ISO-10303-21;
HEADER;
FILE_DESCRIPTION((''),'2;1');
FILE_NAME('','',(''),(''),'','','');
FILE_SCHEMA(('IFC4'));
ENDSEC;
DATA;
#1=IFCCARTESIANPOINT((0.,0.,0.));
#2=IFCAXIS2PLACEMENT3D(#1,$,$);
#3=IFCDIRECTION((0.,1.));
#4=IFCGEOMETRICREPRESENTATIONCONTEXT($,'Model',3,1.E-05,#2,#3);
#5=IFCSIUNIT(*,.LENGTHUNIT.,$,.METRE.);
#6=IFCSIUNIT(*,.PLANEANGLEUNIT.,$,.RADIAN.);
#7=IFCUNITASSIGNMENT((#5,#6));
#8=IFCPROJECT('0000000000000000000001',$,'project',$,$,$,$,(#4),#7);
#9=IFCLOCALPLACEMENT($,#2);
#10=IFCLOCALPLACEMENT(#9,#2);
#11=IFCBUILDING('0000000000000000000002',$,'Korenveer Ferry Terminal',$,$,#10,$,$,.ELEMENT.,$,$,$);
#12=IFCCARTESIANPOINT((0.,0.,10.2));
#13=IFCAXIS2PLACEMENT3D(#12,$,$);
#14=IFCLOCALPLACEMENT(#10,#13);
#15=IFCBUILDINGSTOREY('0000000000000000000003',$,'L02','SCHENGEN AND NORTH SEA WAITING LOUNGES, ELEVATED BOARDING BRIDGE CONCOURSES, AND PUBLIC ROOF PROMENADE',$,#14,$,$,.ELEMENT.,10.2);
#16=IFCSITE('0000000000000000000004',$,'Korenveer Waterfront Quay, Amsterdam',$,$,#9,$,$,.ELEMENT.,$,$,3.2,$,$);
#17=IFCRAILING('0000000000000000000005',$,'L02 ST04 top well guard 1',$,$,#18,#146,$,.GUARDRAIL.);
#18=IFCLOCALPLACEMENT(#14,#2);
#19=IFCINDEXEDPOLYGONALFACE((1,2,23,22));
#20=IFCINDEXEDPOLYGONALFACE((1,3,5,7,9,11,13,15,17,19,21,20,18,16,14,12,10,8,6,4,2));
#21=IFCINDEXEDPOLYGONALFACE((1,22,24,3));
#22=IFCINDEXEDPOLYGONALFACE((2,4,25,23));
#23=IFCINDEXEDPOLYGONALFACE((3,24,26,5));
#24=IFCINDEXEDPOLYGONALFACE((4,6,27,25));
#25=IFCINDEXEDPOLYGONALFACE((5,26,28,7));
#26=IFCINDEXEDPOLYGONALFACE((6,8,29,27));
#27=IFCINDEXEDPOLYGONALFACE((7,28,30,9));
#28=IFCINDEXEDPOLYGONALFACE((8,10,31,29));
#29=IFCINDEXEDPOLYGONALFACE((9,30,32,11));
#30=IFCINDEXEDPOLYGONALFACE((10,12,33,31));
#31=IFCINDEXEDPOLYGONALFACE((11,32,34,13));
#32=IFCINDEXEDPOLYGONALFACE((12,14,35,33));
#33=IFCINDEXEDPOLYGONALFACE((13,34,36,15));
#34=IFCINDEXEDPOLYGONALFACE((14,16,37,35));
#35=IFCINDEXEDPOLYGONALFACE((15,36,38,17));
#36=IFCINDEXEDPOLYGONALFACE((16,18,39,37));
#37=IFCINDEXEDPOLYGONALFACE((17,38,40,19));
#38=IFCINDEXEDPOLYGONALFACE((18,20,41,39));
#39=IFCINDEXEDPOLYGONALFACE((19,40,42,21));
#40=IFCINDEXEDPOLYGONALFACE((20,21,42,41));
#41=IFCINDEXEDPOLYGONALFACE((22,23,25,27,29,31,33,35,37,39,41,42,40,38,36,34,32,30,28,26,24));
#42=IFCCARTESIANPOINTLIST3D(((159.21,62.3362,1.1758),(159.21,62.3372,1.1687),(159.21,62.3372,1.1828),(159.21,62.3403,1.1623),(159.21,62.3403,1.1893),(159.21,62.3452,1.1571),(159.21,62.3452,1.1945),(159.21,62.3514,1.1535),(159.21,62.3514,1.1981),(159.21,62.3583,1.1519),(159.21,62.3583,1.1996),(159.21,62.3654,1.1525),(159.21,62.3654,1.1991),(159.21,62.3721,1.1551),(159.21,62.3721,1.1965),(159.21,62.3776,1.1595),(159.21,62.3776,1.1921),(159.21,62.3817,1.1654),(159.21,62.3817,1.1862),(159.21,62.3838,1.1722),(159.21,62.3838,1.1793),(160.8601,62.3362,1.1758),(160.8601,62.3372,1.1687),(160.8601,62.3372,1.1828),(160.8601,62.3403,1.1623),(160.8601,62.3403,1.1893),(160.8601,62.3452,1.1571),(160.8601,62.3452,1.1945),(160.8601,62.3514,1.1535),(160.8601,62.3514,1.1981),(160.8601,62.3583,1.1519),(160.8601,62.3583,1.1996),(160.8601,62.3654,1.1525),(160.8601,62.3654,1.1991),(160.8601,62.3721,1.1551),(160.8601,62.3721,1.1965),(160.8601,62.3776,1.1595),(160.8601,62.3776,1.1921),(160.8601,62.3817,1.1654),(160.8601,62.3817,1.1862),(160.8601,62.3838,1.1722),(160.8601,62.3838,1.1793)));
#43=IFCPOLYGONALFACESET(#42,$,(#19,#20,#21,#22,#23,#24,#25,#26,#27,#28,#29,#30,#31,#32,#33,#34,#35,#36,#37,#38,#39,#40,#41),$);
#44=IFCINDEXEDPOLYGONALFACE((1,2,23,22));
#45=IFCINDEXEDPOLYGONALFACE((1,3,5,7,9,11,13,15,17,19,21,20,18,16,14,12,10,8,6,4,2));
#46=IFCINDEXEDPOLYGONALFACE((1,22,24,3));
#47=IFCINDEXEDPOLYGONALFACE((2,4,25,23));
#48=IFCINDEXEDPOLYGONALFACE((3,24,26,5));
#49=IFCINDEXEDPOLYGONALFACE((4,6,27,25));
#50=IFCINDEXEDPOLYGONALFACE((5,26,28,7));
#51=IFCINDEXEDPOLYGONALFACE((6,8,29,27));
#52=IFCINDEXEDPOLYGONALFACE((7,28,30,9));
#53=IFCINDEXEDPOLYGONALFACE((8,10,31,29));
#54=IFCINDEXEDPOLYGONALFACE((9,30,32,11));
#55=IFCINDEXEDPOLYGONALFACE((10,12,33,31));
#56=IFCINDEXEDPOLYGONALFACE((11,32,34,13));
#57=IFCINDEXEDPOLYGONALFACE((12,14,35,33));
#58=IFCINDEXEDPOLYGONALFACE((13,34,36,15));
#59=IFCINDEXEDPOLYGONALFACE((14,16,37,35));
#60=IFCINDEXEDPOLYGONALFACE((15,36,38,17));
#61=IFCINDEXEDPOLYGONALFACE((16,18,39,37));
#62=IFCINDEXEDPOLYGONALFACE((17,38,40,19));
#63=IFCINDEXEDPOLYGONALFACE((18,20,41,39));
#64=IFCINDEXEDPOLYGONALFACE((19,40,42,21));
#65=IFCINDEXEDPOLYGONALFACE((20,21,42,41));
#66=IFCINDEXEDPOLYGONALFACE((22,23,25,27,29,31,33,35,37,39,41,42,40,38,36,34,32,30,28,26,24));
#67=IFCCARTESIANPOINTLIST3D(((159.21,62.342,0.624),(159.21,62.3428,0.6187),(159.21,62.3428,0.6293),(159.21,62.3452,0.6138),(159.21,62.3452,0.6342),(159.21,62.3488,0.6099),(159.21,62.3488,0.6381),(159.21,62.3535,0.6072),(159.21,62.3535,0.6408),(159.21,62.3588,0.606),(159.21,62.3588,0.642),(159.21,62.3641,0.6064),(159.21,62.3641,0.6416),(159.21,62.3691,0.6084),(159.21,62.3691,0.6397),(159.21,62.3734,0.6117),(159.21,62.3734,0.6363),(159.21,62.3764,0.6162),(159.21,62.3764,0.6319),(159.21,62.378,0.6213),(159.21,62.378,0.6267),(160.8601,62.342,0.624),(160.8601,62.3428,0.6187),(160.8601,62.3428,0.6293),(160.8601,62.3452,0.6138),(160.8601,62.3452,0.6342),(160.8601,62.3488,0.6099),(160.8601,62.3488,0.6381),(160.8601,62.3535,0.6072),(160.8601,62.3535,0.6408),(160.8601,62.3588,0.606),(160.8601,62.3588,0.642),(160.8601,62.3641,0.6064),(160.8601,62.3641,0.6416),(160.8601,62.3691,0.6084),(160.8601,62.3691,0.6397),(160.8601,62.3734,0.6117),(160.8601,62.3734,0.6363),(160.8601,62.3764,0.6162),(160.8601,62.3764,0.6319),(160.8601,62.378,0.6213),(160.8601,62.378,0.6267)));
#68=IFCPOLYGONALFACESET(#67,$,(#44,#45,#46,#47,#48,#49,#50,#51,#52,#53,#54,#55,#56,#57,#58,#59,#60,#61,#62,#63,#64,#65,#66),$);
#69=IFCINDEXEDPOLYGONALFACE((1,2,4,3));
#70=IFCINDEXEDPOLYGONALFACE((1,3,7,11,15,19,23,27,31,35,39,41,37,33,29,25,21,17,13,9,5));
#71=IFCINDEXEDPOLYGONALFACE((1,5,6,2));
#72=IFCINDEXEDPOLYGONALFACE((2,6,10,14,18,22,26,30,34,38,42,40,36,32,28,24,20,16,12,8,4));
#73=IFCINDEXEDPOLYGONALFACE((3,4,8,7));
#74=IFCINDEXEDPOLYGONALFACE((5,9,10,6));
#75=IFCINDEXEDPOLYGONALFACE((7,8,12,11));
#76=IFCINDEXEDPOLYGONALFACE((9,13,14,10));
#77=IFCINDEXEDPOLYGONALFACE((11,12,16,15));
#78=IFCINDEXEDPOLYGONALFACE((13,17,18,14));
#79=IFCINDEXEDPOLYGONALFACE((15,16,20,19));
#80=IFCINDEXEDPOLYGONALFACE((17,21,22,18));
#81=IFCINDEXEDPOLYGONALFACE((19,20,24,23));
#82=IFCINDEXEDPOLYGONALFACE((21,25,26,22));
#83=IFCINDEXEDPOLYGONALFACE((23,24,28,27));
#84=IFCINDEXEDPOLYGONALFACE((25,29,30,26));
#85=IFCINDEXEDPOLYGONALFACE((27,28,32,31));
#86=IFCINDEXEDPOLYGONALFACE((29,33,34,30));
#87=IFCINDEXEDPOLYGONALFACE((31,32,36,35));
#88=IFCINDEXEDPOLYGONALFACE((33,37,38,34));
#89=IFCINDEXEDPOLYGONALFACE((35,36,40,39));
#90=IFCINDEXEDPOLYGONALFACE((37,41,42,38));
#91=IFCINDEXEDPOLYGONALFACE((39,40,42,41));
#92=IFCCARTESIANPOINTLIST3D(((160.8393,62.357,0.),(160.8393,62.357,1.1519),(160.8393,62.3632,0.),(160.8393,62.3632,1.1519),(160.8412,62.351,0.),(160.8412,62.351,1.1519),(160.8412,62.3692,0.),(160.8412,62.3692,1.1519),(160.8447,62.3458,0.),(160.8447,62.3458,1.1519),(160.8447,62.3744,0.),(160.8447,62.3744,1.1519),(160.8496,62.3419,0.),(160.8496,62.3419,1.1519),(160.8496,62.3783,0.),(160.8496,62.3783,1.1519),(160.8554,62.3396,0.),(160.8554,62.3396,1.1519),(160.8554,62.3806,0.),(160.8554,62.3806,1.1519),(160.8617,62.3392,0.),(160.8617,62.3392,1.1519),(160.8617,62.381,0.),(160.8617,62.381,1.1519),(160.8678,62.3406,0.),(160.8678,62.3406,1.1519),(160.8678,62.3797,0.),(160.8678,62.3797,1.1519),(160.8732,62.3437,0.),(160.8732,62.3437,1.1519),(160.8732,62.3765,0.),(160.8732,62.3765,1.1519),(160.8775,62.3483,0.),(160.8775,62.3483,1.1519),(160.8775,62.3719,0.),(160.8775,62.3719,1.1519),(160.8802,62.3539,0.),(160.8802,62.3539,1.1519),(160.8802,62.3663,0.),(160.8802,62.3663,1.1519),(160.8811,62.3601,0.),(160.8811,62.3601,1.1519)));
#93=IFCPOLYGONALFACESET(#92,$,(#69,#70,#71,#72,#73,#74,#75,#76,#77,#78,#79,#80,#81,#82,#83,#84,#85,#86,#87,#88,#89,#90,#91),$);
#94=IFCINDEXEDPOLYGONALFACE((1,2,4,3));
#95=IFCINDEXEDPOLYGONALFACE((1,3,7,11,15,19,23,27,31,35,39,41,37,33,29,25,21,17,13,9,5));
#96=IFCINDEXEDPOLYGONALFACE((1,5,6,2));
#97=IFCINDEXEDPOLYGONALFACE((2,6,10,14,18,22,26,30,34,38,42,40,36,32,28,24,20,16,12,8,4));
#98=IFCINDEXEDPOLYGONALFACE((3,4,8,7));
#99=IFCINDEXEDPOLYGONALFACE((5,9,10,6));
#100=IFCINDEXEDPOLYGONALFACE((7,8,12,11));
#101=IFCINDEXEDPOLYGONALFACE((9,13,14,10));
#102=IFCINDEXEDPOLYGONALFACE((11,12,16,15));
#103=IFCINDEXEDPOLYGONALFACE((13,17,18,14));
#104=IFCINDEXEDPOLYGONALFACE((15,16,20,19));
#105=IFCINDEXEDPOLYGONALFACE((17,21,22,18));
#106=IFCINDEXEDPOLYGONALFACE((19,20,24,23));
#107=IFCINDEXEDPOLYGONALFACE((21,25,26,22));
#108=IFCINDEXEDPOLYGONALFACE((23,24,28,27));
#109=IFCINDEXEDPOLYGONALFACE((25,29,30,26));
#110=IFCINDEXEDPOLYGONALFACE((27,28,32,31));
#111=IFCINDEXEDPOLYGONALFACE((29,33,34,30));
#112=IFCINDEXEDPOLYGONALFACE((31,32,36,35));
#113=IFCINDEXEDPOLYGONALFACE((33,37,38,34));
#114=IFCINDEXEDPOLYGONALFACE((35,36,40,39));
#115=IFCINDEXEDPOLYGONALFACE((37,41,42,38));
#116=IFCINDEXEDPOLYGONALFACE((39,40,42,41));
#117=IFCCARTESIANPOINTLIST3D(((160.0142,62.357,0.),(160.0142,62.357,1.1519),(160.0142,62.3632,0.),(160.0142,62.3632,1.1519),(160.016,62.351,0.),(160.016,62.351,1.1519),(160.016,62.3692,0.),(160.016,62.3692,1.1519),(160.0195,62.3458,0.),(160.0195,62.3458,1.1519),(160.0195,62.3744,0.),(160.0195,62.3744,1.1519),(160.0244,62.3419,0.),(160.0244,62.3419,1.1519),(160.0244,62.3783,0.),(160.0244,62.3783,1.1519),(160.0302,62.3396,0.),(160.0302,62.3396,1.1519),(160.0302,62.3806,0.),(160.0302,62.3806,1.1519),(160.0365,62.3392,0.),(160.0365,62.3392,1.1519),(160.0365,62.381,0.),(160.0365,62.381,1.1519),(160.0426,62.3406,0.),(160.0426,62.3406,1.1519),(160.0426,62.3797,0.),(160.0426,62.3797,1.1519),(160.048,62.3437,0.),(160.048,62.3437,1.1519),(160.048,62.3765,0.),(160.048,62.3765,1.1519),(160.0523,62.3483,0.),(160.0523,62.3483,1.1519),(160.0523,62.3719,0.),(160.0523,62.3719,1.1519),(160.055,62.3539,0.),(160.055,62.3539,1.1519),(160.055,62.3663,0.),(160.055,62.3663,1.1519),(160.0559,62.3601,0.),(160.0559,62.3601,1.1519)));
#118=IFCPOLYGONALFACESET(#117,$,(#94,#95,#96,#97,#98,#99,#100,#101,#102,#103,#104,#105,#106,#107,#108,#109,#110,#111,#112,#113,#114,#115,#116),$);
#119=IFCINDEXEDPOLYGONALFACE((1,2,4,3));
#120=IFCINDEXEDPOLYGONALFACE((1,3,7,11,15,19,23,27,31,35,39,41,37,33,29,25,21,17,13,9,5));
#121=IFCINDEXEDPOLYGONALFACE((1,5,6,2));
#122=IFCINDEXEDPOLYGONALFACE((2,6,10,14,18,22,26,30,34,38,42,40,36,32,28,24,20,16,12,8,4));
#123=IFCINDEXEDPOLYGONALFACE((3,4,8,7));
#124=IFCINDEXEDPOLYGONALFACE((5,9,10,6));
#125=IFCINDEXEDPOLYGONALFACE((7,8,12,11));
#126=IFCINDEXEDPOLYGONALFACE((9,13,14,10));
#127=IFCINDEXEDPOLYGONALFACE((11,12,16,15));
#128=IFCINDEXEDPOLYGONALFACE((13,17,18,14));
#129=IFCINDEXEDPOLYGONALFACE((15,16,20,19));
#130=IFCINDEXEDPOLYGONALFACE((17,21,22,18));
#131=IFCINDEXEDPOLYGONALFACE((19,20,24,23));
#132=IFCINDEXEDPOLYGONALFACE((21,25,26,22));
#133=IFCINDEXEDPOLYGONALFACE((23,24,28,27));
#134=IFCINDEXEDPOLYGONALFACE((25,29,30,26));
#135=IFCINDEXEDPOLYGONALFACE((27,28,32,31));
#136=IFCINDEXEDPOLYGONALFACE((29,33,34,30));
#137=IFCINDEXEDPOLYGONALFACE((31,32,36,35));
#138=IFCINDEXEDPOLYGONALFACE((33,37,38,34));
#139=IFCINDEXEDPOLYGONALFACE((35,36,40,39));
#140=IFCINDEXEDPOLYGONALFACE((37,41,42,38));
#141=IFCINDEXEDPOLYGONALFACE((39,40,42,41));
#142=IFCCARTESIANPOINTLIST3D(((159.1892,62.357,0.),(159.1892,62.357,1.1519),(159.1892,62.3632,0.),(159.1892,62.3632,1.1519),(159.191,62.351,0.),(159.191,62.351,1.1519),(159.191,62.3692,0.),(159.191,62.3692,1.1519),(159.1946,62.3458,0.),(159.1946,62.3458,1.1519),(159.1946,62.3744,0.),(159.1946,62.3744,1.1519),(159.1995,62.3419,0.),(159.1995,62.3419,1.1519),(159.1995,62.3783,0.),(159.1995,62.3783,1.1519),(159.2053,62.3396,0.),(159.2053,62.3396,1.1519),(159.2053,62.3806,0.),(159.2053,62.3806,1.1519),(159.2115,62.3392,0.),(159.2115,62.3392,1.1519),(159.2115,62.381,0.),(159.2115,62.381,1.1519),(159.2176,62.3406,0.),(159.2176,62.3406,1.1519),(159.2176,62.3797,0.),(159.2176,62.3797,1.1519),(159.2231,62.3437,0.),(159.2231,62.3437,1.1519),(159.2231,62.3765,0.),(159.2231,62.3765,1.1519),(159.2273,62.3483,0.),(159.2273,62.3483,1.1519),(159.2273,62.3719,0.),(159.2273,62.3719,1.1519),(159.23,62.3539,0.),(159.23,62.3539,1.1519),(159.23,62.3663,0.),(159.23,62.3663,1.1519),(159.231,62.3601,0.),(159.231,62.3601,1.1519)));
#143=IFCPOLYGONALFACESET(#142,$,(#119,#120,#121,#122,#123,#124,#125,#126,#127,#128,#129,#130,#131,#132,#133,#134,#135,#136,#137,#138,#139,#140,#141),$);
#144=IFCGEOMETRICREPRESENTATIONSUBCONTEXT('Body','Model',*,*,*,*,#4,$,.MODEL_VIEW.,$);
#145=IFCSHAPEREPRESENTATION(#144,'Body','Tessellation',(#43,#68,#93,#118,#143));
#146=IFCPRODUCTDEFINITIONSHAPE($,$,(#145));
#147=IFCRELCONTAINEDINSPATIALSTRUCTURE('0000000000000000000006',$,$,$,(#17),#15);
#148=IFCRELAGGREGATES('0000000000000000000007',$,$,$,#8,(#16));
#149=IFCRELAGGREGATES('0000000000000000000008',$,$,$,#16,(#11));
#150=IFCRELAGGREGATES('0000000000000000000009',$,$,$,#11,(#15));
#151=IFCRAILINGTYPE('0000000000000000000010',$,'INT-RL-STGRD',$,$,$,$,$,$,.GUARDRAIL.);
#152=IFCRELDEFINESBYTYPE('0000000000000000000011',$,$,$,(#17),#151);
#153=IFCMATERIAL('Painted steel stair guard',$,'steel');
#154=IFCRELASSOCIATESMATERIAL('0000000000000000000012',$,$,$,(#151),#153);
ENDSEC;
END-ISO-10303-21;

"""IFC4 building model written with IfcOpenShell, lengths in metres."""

from ifc_helpers import new_model, si_unit, direction, frame, origin, origin_2d, place, context, subcontext, project, spatial, circle, extrude, material, type_object, element, save


model = new_model("IFC4")

# Units and contexts
model_context = context("Model", 3, precision=1e-05, world=origin(), true_north=direction((0.0, 1.0)))
body_context = subcontext(model_context, "Body", "Model", "MODEL_VIEW")
ifc_project = project(units=[si_unit("LENGTHUNIT", "METRE"), si_unit("PLANEANGLEUNIT", "RADIAN")], contexts=[model_context])

# Site, building, storey
site_placement = place(None, origin())
site = spatial("IfcSite", under=ifc_project, at=site_placement, Name="Korenveer Waterfront Quay, Amsterdam", CompositionType="ELEMENT", RefElevation=3.2)
building_placement = place(site_placement, origin())
building = spatial("IfcBuilding", under=site, at=building_placement, Name="Korenveer Ferry Terminal", CompositionType="ELEMENT")
storey_placement = place(building_placement, frame((0.0, 0.0, 10.2)))
storey = spatial("IfcBuildingStorey", under=building, at=storey_placement, Name="L02", Description="SCHENGEN AND NORTH SEA WAITING LOUNGES, ELEVATED BOARDING BRIDGE CONCOURSES, AND PUBLIC ROOF PROMENADE", CompositionType="ELEMENT", Elevation=10.2)

# Railing
ifc_material_1 = material(Name="Painted steel stair guard", Category="steel")
railing_type = type_object("IfcRailingType", Name="INT-RL-STGRD", PredefinedType="GUARDRAIL", material=ifc_material_1)
railing_placement = place(storey_placement, frame((160.8601, 62.3601, 0.0)))
element("IfcRailing", 1, at=railing_placement, inside=storey, type_object=railing_type, Name="L02 ST04 top well guard 1", PredefinedType="GUARDRAIL", context=body_context, shape_type="SweptSolid", body=[
    extrude(circle(Radius=0.0239, at=origin_2d()), frame((0.0, 0.0, 1.1758), z_axis=(-1.0, 0.0, 0.0), x_axis=(0.0, -1.0, 0.0)), (0.0, 0.0, 1.0), 1.6501),
    extrude(circle(Radius=0.0181, at=origin_2d()), frame((0.0, 0.0, 0.624), z_axis=(-1.0, 0.0, 0.0), x_axis=(0.0, -1.0, 0.0)), (0.0, 0.0, 1.0), 1.6501),
    extrude(circle(Radius=0.021, at=origin_2d()), origin(), (0.0, 0.0, 1.0), 1.1519),
    extrude(circle(Radius=0.021, at=origin_2d()), frame((-0.8252, 0.0, 0.0)), (0.0, 0.0, 1.0), 1.1519),
    extrude(circle(Radius=0.021, at=origin_2d()), frame((-1.6501, 0.0, 0.0)), (0.0, 0.0, 1.0), 1.1519),
])

save(model, "model.ifc")
